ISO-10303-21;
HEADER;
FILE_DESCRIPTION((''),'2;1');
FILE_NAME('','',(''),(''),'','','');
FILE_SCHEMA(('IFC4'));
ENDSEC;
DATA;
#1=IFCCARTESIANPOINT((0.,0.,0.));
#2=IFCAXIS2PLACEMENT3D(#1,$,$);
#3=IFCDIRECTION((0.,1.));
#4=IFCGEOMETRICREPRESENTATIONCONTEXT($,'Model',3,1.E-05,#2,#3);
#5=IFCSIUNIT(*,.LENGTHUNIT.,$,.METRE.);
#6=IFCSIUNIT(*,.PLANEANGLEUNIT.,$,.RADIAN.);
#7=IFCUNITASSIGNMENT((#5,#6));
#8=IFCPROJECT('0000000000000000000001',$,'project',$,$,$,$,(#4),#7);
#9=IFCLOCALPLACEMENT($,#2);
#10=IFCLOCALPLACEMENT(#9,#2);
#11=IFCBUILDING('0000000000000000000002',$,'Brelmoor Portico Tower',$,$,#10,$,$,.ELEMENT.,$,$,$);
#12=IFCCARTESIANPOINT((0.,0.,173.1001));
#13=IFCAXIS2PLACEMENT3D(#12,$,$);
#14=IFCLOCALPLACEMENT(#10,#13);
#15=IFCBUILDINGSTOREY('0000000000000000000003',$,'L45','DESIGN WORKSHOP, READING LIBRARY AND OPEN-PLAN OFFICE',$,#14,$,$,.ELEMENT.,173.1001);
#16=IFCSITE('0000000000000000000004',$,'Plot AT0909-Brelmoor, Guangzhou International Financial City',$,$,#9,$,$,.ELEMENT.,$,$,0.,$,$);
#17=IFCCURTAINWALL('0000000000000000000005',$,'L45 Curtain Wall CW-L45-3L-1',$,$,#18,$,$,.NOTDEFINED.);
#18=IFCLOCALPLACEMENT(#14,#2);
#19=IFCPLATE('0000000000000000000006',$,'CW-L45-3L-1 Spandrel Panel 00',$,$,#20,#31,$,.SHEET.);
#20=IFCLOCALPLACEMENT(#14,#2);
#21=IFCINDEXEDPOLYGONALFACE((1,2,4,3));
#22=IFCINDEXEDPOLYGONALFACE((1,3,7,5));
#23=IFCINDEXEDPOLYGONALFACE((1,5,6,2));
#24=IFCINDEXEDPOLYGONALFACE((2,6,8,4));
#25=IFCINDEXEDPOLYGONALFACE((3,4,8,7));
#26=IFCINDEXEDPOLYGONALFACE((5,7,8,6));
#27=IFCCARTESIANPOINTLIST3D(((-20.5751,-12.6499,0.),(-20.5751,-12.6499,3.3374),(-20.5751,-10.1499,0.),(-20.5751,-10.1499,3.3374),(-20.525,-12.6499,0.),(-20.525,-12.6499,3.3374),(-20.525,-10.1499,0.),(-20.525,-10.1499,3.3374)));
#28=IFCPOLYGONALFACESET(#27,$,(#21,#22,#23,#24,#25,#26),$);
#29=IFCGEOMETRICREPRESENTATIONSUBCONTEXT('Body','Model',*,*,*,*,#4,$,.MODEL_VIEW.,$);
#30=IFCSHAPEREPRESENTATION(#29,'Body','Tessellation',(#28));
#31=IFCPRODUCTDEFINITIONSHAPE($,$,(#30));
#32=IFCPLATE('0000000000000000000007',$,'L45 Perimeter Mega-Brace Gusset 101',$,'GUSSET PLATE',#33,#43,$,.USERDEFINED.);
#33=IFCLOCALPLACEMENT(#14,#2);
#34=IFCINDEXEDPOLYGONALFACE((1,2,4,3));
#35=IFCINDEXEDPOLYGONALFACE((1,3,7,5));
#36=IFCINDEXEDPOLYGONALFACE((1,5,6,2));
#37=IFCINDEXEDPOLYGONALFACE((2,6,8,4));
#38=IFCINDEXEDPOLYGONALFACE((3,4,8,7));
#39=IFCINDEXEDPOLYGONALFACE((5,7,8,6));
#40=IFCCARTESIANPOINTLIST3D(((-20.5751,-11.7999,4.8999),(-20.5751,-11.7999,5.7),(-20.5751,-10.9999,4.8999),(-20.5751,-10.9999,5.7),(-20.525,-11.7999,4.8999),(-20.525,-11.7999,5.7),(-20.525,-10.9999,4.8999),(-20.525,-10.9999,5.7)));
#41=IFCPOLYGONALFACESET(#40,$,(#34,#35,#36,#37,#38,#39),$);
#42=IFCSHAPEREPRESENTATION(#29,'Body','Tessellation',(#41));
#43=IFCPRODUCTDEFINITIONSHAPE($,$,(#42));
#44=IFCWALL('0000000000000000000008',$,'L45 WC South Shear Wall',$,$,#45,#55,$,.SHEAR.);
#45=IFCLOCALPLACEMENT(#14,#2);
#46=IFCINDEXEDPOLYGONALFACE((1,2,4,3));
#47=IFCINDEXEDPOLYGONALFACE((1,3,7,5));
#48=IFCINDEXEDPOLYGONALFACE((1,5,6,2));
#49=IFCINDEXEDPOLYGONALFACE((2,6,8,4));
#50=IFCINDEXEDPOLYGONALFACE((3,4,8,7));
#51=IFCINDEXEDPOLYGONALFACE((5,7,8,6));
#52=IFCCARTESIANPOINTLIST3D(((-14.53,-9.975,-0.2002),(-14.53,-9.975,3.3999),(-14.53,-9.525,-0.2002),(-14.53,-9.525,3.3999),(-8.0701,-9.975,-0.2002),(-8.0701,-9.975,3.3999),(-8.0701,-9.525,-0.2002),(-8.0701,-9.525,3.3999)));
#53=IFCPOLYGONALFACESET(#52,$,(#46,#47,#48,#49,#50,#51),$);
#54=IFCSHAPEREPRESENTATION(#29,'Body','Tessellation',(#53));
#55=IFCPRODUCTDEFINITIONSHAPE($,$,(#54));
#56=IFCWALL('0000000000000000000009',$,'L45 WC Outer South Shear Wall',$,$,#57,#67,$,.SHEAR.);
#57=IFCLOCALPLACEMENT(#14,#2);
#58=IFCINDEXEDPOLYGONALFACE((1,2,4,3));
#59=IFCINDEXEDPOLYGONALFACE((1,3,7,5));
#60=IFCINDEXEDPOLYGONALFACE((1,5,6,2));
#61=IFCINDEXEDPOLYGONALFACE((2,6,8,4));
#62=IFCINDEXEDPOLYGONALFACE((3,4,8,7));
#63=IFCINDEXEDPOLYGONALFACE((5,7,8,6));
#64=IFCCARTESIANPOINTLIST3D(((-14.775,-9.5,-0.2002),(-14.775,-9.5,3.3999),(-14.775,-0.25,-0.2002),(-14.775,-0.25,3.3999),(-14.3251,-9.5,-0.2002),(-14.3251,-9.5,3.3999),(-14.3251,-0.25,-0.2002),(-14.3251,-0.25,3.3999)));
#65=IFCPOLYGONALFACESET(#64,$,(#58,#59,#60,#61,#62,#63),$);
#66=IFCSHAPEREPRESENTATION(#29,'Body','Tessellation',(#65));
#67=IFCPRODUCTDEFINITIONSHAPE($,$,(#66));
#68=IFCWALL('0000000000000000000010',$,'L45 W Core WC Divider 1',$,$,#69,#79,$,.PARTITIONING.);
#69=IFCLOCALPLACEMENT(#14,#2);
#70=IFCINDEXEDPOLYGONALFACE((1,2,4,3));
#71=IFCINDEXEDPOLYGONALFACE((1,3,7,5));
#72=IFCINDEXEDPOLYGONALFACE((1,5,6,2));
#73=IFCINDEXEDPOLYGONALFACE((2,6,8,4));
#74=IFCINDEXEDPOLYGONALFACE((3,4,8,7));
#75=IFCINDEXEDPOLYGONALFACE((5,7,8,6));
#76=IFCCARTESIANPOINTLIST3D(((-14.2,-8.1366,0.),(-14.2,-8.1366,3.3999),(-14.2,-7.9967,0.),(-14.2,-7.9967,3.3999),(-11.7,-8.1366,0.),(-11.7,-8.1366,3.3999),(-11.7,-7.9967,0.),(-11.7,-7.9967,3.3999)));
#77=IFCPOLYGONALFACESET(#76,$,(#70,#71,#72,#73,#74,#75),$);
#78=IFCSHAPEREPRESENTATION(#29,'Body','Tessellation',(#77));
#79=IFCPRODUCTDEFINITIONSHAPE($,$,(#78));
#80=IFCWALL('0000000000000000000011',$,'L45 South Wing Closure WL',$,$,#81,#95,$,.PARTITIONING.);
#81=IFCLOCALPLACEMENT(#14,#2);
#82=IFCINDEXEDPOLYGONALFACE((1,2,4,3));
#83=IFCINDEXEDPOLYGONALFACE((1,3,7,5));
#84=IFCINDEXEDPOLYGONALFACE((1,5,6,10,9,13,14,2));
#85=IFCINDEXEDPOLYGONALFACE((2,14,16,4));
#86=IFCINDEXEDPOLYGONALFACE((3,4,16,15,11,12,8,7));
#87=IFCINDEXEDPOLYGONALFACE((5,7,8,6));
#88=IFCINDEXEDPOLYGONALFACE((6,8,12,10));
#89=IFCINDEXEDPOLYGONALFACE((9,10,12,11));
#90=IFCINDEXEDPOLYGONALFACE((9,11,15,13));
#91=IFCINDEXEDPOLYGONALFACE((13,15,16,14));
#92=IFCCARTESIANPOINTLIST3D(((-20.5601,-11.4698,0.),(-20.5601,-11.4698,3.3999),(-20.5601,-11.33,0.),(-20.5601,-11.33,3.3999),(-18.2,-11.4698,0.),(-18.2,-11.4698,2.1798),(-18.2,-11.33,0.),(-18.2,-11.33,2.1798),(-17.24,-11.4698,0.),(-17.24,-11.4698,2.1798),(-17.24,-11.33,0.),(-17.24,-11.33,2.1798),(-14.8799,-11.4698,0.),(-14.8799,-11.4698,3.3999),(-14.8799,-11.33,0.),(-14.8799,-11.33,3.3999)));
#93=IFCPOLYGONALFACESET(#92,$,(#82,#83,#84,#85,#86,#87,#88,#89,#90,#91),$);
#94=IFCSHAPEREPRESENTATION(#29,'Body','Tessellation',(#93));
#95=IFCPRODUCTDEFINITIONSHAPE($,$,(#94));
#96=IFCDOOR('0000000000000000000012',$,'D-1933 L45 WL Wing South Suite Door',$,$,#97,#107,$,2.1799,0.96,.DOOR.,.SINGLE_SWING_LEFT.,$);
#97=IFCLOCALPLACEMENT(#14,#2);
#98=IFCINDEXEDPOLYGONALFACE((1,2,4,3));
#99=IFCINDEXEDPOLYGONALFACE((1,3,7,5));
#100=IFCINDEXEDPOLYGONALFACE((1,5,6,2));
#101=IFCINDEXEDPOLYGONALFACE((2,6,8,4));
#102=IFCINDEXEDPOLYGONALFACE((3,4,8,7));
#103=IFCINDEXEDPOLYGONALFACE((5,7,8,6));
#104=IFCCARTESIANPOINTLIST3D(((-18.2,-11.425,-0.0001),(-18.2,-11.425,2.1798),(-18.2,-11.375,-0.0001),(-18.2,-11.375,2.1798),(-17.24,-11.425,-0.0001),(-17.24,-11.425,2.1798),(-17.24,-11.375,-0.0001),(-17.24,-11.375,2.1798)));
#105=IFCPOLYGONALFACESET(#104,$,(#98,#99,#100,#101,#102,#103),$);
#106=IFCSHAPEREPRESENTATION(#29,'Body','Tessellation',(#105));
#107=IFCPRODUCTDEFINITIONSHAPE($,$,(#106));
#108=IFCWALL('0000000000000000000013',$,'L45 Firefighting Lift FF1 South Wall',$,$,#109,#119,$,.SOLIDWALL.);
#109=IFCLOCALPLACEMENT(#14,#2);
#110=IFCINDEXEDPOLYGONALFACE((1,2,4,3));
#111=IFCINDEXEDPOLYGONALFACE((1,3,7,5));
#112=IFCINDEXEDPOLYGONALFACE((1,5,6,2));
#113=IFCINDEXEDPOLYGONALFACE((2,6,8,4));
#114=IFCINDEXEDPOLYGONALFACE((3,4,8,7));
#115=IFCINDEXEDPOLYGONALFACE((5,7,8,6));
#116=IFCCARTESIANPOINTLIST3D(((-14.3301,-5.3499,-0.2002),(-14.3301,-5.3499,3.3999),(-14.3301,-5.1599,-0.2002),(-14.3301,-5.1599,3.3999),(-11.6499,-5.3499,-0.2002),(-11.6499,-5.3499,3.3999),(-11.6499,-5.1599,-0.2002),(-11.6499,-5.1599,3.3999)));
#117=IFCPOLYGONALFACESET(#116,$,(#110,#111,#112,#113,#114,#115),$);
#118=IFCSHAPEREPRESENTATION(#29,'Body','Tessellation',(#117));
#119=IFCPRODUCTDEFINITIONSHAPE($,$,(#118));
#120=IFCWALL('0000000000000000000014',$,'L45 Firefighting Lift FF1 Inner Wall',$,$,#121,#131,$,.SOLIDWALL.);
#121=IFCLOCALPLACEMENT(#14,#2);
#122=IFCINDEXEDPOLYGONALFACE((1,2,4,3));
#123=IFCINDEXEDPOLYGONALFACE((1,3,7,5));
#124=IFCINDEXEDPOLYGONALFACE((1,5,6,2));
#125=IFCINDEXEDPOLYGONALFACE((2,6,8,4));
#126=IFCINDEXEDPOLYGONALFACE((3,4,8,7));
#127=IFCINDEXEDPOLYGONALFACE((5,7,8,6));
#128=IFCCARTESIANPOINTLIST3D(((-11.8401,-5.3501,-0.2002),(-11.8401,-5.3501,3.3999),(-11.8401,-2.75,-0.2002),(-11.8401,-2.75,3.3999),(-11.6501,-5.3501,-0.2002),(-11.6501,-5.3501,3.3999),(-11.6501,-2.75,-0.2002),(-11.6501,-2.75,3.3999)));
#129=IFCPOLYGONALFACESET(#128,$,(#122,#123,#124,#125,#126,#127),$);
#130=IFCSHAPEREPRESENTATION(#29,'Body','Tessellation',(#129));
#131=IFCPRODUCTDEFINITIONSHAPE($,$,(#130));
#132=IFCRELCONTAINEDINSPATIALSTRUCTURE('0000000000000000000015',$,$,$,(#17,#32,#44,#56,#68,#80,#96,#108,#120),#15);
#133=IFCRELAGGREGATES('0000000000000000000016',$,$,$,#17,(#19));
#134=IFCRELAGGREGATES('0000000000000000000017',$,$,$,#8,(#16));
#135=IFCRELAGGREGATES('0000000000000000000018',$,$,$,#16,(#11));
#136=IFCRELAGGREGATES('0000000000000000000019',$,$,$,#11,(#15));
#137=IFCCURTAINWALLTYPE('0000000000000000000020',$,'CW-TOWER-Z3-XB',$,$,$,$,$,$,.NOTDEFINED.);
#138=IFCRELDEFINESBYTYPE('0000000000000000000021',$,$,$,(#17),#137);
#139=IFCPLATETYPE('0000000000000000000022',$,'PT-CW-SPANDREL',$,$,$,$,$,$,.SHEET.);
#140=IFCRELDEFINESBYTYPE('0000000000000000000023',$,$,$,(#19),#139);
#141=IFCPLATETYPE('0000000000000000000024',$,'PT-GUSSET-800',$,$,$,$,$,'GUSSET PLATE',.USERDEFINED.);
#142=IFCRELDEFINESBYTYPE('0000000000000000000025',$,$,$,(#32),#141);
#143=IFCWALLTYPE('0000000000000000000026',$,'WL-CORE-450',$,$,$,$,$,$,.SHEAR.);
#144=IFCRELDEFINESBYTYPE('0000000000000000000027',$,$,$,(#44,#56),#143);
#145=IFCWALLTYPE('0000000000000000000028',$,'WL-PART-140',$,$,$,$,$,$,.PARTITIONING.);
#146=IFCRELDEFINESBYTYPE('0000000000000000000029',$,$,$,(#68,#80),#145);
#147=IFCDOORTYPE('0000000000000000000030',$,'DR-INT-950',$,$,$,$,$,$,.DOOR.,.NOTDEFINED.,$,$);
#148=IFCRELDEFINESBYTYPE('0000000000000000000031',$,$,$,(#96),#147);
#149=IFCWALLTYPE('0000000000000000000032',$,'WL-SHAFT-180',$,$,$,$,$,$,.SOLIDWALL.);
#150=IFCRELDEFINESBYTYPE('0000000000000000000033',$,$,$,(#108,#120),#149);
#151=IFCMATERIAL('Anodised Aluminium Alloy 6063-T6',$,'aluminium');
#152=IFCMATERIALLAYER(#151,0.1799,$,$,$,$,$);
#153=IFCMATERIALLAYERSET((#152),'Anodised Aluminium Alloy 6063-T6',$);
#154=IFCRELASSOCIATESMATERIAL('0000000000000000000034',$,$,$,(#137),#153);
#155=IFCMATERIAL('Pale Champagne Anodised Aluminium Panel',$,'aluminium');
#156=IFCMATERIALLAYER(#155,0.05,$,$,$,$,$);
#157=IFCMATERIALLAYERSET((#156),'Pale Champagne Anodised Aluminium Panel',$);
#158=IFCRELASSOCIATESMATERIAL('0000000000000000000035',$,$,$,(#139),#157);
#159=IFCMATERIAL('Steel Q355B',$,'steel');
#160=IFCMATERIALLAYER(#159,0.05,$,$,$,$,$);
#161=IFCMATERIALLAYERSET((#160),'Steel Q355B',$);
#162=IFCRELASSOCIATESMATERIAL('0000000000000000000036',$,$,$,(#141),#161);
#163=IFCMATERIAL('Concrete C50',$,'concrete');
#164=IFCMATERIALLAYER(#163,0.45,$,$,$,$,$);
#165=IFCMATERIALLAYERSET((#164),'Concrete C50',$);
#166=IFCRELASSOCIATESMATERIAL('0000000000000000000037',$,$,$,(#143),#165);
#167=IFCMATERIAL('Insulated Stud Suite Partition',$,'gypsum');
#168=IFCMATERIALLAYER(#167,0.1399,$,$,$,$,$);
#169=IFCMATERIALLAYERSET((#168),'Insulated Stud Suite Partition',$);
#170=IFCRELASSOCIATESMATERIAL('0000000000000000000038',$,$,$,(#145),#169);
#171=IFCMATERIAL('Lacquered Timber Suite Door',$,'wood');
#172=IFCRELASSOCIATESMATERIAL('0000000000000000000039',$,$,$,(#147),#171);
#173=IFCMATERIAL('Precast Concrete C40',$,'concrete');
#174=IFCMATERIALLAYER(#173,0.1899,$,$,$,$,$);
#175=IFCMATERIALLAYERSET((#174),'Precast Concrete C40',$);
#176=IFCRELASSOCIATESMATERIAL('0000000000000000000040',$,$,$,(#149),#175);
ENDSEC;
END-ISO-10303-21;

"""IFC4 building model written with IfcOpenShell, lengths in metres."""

from ifc_helpers import new_model, si_unit, direction, frame, frame_2d, origin, origin_2d, place, context, subcontext, project, spatial, rectangle, extrude, material, layer, layer_set, type_object, element, fill, aggregate, save


model = new_model("IFC4")

# Units and contexts
model_context = context("Model", 3, precision=1e-05, world=origin(), true_north=direction((0.0, 1.0)))
body_context = subcontext(model_context, "Body", "Model", "MODEL_VIEW")
ifc_project = project(units=[si_unit("LENGTHUNIT", "METRE"), si_unit("PLANEANGLEUNIT", "RADIAN")], contexts=[model_context])

# Site, building, storey
site_placement = place(None, origin())
site = spatial("IfcSite", under=ifc_project, at=site_placement, Name="Plot AT0909-Brelmoor, Guangzhou International Financial City", CompositionType="ELEMENT", RefElevation=0.0)
building_placement = place(site_placement, origin())
building = spatial("IfcBuilding", under=site, at=building_placement, Name="Brelmoor Portico Tower", CompositionType="ELEMENT")
storey_placement = place(building_placement, frame((0.0, 0.0, 173.1001)))
storey = spatial("IfcBuildingStorey", under=building, at=storey_placement, Name="L45", Description="DESIGN WORKSHOP, READING LIBRARY AND OPEN-PLAN OFFICE", CompositionType="ELEMENT", Elevation=173.1001)

# Shared definitions
ifc_material_1 = material(Name="Steel Q355B", Category="steel")

# Curtain wall
ifc_material_2 = material(Name="Anodised Aluminium Alloy 6063-T6", Category="aluminium")
ifc_layer_1 = layer(ifc_material_2, 0.1799)
ifc_layer_set_1 = layer_set([ifc_layer_1], Name="Anodised Aluminium Alloy 6063-T6")
curtain_wall_type_1 = type_object("IfcCurtainWallType", Name="CW-TOWER-Z3-XB", PredefinedType="NOTDEFINED", material=ifc_layer_set_1)
curtain_wall_1_placement = place(storey_placement, origin())
curtain_wall_1 = element("IfcCurtainWall", 1, at=curtain_wall_1_placement, inside=storey, type_object=curtain_wall_type_1, Name="L45 Curtain Wall CW-L45-3L-1", PredefinedType="NOTDEFINED")

# Plates
ifc_material_3 = material(Name="Pale Champagne Anodised Aluminium Panel", Category="aluminium")
ifc_layer_2 = layer(ifc_material_3, 0.05)
ifc_layer_set_2 = layer_set([ifc_layer_2], Name="Pale Champagne Anodised Aluminium Panel")
plate_type_1 = type_object("IfcPlateType", Name="PT-CW-SPANDREL", PredefinedType="SHEET", material=ifc_layer_set_2)
plate_1_placement = place(storey_placement, frame((-20.55, -11.3999, 0.0), z_axis=(0.0, 0.0, 1.0), x_axis=(0.0, 1.0, 0.0)))
plate_1 = element("IfcPlate", 2, at=plate_1_placement, type_object=plate_type_1, Name="CW-L45-3L-1 Spandrel Panel 00", PredefinedType="SHEET", context=body_context, shape_type="SweptSolid", body=[
    extrude(rectangle(XDim=2.5, YDim=0.05, at=origin_2d()), origin(), (0.0, 0.0, 1.0), 3.3374),
])
aggregate(curtain_wall_1, [plate_1])
ifc_layer_3 = layer(ifc_material_1, 0.05)
ifc_layer_set_3 = layer_set([ifc_layer_3], Name="Steel Q355B")
plate_type_2 = type_object("IfcPlateType", Name="PT-GUSSET-800", ElementType="GUSSET PLATE", PredefinedType="USERDEFINED", material=ifc_layer_set_3)
plate_2_placement = place(storey_placement, frame((-20.55, -11.3999, 4.8999), z_axis=(0.0, 0.0, 1.0), x_axis=(1.0, 0.0, 0.0)))
element("IfcPlate", 3, at=plate_2_placement, inside=storey, type_object=plate_type_2, Name="L45 Perimeter Mega-Brace Gusset 101", ObjectType="GUSSET PLATE", PredefinedType="USERDEFINED", context=body_context, shape_type="SweptSolid", body=[
    extrude(rectangle(XDim=0.05, YDim=0.8, at=origin_2d()), origin(), (0.0, 0.0, 1.0), 0.8),
])

# Walls
ifc_material_4 = material(Name="Concrete C50", Category="concrete")
ifc_layer_4 = layer(ifc_material_4, 0.45)
ifc_layer_set_4 = layer_set([ifc_layer_4], Name="Concrete C50")
wall_type_1 = type_object("IfcWallType", Name="WL-CORE-450", PredefinedType="SHEAR", material=ifc_layer_set_4)
wall_1_placement = place(storey_placement, frame((-14.53, -9.75, -0.2002), z_axis=(0.0, 0.0, 1.0), x_axis=(1.0, 0.0, 0.0)))
element("IfcWall", 4, at=wall_1_placement, inside=storey, type_object=wall_type_1, Name="L45 WC South Shear Wall", PredefinedType="SHEAR", context=body_context, shape_type="SweptSolid", body=[
    extrude(rectangle(XDim=6.46, YDim=0.45, at=frame_2d((3.23, 0.0))), origin(), (0.0, 0.0, 1.0), 3.6001),
])
wall_2_placement = place(storey_placement, frame((-14.55, -9.5, -0.2002), z_axis=(0.0, 0.0, 1.0), x_axis=(0.0, 1.0, 0.0)))
element("IfcWall", 5, at=wall_2_placement, inside=storey, type_object=wall_type_1, Name="L45 WC Outer South Shear Wall", PredefinedType="SHEAR", context=body_context, shape_type="SweptSolid", body=[
    extrude(rectangle(XDim=9.25, YDim=0.45, at=frame_2d((4.625, 0.0))), origin(), (0.0, 0.0, 1.0), 3.6001),
])
ifc_material_5 = material(Name="Insulated Stud Suite Partition", Category="gypsum")
ifc_layer_5 = layer(ifc_material_5, 0.1399)
ifc_layer_set_5 = layer_set([ifc_layer_5], Name="Insulated Stud Suite Partition")
wall_type_2 = type_object("IfcWallType", Name="WL-PART-140", PredefinedType="PARTITIONING", material=ifc_layer_set_5)
wall_3_placement = place(storey_placement, frame((-11.7, -8.0667, 0.0), z_axis=(0.0, 0.0, 1.0), x_axis=(-1.0, 0.0, 0.0)))
element("IfcWall", 6, at=wall_3_placement, inside=storey, type_object=wall_type_2, Name="L45 W Core WC Divider 1", PredefinedType="PARTITIONING", context=body_context, shape_type="SweptSolid", body=[
    extrude(rectangle(XDim=2.5, YDim=0.1399, at=frame_2d((1.25, 0.0))), origin(), (0.0, 0.0, 1.0), 3.3999),
])

# Wall, opening, door
wall_4_placement = place(storey_placement, frame((-20.5601, -11.3999, 0.0), z_axis=(0.0, 0.0, 1.0), x_axis=(1.0, 0.0, 0.0)))
wall_4 = element("IfcWall", 7, at=wall_4_placement, inside=storey, type_object=wall_type_2, Name="L45 South Wing Closure WL", PredefinedType="PARTITIONING", context=body_context, shape_type="SweptSolid", body=[
    extrude(rectangle(XDim=5.6802, YDim=0.1399, at=frame_2d((2.8401, 0.0))), origin(), (0.0, 0.0, 1.0), 3.3999),
])
opening_placement = place(wall_4_placement, frame((2.3601, 0.0, 0.0)))
opening = element("IfcOpeningElement", 8, at=opening_placement, cuts=wall_4, PredefinedType="OPENING", context=body_context, shape_type="SweptSolid", body=[
    extrude(rectangle(XDim=0.96, YDim=2.1799, at=frame_2d((0.48, 1.0898))), frame((0.0, 0.0798, 0.0), z_axis=(0.0, -1.0, 0.0), x_axis=(1.0, 0.0, 0.0)), (0.0, 0.0, 1.0), 0.1599),
])
ifc_material_6 = material(Name="Lacquered Timber Suite Door", Category="wood")
door_type = type_object("IfcDoorType", Name="DR-INT-950", OperationType="NOTDEFINED", PredefinedType="DOOR", material=ifc_material_6)
door_placement = place(opening_placement, origin())
door = element("IfcDoor", 9, at=door_placement, inside=storey, type_object=door_type, Name="D-1933 L45 WL Wing South Suite Door", OperationType="SINGLE_SWING_LEFT", OverallHeight=2.1799, OverallWidth=0.96, PredefinedType="DOOR", context=body_context, shape_type="SweptSolid", body=[
    extrude(rectangle(XDim=0.96, YDim=2.1799, at=frame_2d((0.48, 1.0898))), frame((0.0, 0.0249, 0.0), z_axis=(0.0, -1.0, 0.0), x_axis=(1.0, 0.0, 0.0)), (0.0, 0.0, 1.0), 0.05),
])
fill(opening, door)

# Walls
ifc_material_7 = material(Name="Precast Concrete C40", Category="concrete")
ifc_layer_6 = layer(ifc_material_7, 0.1899)
ifc_layer_set_6 = layer_set([ifc_layer_6], Name="Precast Concrete C40")
wall_type_3 = type_object("IfcWallType", Name="WL-SHAFT-180", PredefinedType="SOLIDWALL", material=ifc_layer_set_6)
wall_5_placement = place(storey_placement, frame((-14.3301, -5.2549, -0.2002), z_axis=(0.0, 0.0, 1.0), x_axis=(1.0, 0.0, 0.0)))
element("IfcWall", 10, at=wall_5_placement, inside=storey, type_object=wall_type_3, Name="L45 Firefighting Lift FF1 South Wall", PredefinedType="SOLIDWALL", context=body_context, shape_type="SweptSolid", body=[
    extrude(rectangle(XDim=2.6802, YDim=0.1899, at=frame_2d((1.3401, 0.0))), origin(), (0.0, 0.0, 1.0), 3.6001),
])
wall_6_placement = place(storey_placement, frame((-11.7451, -5.3501, -0.2002), z_axis=(0.0, 0.0, 1.0), x_axis=(0.0, 1.0, 0.0)))
element("IfcWall", 11, at=wall_6_placement, inside=storey, type_object=wall_type_3, Name="L45 Firefighting Lift FF1 Inner Wall", PredefinedType="SOLIDWALL", context=body_context, shape_type="SweptSolid", body=[
    extrude(rectangle(XDim=2.6001, YDim=0.1899, at=frame_2d((1.3, 0.0))), origin(), (0.0, 0.0, 1.0), 3.6001),
])

save(model, "model.ifc")
